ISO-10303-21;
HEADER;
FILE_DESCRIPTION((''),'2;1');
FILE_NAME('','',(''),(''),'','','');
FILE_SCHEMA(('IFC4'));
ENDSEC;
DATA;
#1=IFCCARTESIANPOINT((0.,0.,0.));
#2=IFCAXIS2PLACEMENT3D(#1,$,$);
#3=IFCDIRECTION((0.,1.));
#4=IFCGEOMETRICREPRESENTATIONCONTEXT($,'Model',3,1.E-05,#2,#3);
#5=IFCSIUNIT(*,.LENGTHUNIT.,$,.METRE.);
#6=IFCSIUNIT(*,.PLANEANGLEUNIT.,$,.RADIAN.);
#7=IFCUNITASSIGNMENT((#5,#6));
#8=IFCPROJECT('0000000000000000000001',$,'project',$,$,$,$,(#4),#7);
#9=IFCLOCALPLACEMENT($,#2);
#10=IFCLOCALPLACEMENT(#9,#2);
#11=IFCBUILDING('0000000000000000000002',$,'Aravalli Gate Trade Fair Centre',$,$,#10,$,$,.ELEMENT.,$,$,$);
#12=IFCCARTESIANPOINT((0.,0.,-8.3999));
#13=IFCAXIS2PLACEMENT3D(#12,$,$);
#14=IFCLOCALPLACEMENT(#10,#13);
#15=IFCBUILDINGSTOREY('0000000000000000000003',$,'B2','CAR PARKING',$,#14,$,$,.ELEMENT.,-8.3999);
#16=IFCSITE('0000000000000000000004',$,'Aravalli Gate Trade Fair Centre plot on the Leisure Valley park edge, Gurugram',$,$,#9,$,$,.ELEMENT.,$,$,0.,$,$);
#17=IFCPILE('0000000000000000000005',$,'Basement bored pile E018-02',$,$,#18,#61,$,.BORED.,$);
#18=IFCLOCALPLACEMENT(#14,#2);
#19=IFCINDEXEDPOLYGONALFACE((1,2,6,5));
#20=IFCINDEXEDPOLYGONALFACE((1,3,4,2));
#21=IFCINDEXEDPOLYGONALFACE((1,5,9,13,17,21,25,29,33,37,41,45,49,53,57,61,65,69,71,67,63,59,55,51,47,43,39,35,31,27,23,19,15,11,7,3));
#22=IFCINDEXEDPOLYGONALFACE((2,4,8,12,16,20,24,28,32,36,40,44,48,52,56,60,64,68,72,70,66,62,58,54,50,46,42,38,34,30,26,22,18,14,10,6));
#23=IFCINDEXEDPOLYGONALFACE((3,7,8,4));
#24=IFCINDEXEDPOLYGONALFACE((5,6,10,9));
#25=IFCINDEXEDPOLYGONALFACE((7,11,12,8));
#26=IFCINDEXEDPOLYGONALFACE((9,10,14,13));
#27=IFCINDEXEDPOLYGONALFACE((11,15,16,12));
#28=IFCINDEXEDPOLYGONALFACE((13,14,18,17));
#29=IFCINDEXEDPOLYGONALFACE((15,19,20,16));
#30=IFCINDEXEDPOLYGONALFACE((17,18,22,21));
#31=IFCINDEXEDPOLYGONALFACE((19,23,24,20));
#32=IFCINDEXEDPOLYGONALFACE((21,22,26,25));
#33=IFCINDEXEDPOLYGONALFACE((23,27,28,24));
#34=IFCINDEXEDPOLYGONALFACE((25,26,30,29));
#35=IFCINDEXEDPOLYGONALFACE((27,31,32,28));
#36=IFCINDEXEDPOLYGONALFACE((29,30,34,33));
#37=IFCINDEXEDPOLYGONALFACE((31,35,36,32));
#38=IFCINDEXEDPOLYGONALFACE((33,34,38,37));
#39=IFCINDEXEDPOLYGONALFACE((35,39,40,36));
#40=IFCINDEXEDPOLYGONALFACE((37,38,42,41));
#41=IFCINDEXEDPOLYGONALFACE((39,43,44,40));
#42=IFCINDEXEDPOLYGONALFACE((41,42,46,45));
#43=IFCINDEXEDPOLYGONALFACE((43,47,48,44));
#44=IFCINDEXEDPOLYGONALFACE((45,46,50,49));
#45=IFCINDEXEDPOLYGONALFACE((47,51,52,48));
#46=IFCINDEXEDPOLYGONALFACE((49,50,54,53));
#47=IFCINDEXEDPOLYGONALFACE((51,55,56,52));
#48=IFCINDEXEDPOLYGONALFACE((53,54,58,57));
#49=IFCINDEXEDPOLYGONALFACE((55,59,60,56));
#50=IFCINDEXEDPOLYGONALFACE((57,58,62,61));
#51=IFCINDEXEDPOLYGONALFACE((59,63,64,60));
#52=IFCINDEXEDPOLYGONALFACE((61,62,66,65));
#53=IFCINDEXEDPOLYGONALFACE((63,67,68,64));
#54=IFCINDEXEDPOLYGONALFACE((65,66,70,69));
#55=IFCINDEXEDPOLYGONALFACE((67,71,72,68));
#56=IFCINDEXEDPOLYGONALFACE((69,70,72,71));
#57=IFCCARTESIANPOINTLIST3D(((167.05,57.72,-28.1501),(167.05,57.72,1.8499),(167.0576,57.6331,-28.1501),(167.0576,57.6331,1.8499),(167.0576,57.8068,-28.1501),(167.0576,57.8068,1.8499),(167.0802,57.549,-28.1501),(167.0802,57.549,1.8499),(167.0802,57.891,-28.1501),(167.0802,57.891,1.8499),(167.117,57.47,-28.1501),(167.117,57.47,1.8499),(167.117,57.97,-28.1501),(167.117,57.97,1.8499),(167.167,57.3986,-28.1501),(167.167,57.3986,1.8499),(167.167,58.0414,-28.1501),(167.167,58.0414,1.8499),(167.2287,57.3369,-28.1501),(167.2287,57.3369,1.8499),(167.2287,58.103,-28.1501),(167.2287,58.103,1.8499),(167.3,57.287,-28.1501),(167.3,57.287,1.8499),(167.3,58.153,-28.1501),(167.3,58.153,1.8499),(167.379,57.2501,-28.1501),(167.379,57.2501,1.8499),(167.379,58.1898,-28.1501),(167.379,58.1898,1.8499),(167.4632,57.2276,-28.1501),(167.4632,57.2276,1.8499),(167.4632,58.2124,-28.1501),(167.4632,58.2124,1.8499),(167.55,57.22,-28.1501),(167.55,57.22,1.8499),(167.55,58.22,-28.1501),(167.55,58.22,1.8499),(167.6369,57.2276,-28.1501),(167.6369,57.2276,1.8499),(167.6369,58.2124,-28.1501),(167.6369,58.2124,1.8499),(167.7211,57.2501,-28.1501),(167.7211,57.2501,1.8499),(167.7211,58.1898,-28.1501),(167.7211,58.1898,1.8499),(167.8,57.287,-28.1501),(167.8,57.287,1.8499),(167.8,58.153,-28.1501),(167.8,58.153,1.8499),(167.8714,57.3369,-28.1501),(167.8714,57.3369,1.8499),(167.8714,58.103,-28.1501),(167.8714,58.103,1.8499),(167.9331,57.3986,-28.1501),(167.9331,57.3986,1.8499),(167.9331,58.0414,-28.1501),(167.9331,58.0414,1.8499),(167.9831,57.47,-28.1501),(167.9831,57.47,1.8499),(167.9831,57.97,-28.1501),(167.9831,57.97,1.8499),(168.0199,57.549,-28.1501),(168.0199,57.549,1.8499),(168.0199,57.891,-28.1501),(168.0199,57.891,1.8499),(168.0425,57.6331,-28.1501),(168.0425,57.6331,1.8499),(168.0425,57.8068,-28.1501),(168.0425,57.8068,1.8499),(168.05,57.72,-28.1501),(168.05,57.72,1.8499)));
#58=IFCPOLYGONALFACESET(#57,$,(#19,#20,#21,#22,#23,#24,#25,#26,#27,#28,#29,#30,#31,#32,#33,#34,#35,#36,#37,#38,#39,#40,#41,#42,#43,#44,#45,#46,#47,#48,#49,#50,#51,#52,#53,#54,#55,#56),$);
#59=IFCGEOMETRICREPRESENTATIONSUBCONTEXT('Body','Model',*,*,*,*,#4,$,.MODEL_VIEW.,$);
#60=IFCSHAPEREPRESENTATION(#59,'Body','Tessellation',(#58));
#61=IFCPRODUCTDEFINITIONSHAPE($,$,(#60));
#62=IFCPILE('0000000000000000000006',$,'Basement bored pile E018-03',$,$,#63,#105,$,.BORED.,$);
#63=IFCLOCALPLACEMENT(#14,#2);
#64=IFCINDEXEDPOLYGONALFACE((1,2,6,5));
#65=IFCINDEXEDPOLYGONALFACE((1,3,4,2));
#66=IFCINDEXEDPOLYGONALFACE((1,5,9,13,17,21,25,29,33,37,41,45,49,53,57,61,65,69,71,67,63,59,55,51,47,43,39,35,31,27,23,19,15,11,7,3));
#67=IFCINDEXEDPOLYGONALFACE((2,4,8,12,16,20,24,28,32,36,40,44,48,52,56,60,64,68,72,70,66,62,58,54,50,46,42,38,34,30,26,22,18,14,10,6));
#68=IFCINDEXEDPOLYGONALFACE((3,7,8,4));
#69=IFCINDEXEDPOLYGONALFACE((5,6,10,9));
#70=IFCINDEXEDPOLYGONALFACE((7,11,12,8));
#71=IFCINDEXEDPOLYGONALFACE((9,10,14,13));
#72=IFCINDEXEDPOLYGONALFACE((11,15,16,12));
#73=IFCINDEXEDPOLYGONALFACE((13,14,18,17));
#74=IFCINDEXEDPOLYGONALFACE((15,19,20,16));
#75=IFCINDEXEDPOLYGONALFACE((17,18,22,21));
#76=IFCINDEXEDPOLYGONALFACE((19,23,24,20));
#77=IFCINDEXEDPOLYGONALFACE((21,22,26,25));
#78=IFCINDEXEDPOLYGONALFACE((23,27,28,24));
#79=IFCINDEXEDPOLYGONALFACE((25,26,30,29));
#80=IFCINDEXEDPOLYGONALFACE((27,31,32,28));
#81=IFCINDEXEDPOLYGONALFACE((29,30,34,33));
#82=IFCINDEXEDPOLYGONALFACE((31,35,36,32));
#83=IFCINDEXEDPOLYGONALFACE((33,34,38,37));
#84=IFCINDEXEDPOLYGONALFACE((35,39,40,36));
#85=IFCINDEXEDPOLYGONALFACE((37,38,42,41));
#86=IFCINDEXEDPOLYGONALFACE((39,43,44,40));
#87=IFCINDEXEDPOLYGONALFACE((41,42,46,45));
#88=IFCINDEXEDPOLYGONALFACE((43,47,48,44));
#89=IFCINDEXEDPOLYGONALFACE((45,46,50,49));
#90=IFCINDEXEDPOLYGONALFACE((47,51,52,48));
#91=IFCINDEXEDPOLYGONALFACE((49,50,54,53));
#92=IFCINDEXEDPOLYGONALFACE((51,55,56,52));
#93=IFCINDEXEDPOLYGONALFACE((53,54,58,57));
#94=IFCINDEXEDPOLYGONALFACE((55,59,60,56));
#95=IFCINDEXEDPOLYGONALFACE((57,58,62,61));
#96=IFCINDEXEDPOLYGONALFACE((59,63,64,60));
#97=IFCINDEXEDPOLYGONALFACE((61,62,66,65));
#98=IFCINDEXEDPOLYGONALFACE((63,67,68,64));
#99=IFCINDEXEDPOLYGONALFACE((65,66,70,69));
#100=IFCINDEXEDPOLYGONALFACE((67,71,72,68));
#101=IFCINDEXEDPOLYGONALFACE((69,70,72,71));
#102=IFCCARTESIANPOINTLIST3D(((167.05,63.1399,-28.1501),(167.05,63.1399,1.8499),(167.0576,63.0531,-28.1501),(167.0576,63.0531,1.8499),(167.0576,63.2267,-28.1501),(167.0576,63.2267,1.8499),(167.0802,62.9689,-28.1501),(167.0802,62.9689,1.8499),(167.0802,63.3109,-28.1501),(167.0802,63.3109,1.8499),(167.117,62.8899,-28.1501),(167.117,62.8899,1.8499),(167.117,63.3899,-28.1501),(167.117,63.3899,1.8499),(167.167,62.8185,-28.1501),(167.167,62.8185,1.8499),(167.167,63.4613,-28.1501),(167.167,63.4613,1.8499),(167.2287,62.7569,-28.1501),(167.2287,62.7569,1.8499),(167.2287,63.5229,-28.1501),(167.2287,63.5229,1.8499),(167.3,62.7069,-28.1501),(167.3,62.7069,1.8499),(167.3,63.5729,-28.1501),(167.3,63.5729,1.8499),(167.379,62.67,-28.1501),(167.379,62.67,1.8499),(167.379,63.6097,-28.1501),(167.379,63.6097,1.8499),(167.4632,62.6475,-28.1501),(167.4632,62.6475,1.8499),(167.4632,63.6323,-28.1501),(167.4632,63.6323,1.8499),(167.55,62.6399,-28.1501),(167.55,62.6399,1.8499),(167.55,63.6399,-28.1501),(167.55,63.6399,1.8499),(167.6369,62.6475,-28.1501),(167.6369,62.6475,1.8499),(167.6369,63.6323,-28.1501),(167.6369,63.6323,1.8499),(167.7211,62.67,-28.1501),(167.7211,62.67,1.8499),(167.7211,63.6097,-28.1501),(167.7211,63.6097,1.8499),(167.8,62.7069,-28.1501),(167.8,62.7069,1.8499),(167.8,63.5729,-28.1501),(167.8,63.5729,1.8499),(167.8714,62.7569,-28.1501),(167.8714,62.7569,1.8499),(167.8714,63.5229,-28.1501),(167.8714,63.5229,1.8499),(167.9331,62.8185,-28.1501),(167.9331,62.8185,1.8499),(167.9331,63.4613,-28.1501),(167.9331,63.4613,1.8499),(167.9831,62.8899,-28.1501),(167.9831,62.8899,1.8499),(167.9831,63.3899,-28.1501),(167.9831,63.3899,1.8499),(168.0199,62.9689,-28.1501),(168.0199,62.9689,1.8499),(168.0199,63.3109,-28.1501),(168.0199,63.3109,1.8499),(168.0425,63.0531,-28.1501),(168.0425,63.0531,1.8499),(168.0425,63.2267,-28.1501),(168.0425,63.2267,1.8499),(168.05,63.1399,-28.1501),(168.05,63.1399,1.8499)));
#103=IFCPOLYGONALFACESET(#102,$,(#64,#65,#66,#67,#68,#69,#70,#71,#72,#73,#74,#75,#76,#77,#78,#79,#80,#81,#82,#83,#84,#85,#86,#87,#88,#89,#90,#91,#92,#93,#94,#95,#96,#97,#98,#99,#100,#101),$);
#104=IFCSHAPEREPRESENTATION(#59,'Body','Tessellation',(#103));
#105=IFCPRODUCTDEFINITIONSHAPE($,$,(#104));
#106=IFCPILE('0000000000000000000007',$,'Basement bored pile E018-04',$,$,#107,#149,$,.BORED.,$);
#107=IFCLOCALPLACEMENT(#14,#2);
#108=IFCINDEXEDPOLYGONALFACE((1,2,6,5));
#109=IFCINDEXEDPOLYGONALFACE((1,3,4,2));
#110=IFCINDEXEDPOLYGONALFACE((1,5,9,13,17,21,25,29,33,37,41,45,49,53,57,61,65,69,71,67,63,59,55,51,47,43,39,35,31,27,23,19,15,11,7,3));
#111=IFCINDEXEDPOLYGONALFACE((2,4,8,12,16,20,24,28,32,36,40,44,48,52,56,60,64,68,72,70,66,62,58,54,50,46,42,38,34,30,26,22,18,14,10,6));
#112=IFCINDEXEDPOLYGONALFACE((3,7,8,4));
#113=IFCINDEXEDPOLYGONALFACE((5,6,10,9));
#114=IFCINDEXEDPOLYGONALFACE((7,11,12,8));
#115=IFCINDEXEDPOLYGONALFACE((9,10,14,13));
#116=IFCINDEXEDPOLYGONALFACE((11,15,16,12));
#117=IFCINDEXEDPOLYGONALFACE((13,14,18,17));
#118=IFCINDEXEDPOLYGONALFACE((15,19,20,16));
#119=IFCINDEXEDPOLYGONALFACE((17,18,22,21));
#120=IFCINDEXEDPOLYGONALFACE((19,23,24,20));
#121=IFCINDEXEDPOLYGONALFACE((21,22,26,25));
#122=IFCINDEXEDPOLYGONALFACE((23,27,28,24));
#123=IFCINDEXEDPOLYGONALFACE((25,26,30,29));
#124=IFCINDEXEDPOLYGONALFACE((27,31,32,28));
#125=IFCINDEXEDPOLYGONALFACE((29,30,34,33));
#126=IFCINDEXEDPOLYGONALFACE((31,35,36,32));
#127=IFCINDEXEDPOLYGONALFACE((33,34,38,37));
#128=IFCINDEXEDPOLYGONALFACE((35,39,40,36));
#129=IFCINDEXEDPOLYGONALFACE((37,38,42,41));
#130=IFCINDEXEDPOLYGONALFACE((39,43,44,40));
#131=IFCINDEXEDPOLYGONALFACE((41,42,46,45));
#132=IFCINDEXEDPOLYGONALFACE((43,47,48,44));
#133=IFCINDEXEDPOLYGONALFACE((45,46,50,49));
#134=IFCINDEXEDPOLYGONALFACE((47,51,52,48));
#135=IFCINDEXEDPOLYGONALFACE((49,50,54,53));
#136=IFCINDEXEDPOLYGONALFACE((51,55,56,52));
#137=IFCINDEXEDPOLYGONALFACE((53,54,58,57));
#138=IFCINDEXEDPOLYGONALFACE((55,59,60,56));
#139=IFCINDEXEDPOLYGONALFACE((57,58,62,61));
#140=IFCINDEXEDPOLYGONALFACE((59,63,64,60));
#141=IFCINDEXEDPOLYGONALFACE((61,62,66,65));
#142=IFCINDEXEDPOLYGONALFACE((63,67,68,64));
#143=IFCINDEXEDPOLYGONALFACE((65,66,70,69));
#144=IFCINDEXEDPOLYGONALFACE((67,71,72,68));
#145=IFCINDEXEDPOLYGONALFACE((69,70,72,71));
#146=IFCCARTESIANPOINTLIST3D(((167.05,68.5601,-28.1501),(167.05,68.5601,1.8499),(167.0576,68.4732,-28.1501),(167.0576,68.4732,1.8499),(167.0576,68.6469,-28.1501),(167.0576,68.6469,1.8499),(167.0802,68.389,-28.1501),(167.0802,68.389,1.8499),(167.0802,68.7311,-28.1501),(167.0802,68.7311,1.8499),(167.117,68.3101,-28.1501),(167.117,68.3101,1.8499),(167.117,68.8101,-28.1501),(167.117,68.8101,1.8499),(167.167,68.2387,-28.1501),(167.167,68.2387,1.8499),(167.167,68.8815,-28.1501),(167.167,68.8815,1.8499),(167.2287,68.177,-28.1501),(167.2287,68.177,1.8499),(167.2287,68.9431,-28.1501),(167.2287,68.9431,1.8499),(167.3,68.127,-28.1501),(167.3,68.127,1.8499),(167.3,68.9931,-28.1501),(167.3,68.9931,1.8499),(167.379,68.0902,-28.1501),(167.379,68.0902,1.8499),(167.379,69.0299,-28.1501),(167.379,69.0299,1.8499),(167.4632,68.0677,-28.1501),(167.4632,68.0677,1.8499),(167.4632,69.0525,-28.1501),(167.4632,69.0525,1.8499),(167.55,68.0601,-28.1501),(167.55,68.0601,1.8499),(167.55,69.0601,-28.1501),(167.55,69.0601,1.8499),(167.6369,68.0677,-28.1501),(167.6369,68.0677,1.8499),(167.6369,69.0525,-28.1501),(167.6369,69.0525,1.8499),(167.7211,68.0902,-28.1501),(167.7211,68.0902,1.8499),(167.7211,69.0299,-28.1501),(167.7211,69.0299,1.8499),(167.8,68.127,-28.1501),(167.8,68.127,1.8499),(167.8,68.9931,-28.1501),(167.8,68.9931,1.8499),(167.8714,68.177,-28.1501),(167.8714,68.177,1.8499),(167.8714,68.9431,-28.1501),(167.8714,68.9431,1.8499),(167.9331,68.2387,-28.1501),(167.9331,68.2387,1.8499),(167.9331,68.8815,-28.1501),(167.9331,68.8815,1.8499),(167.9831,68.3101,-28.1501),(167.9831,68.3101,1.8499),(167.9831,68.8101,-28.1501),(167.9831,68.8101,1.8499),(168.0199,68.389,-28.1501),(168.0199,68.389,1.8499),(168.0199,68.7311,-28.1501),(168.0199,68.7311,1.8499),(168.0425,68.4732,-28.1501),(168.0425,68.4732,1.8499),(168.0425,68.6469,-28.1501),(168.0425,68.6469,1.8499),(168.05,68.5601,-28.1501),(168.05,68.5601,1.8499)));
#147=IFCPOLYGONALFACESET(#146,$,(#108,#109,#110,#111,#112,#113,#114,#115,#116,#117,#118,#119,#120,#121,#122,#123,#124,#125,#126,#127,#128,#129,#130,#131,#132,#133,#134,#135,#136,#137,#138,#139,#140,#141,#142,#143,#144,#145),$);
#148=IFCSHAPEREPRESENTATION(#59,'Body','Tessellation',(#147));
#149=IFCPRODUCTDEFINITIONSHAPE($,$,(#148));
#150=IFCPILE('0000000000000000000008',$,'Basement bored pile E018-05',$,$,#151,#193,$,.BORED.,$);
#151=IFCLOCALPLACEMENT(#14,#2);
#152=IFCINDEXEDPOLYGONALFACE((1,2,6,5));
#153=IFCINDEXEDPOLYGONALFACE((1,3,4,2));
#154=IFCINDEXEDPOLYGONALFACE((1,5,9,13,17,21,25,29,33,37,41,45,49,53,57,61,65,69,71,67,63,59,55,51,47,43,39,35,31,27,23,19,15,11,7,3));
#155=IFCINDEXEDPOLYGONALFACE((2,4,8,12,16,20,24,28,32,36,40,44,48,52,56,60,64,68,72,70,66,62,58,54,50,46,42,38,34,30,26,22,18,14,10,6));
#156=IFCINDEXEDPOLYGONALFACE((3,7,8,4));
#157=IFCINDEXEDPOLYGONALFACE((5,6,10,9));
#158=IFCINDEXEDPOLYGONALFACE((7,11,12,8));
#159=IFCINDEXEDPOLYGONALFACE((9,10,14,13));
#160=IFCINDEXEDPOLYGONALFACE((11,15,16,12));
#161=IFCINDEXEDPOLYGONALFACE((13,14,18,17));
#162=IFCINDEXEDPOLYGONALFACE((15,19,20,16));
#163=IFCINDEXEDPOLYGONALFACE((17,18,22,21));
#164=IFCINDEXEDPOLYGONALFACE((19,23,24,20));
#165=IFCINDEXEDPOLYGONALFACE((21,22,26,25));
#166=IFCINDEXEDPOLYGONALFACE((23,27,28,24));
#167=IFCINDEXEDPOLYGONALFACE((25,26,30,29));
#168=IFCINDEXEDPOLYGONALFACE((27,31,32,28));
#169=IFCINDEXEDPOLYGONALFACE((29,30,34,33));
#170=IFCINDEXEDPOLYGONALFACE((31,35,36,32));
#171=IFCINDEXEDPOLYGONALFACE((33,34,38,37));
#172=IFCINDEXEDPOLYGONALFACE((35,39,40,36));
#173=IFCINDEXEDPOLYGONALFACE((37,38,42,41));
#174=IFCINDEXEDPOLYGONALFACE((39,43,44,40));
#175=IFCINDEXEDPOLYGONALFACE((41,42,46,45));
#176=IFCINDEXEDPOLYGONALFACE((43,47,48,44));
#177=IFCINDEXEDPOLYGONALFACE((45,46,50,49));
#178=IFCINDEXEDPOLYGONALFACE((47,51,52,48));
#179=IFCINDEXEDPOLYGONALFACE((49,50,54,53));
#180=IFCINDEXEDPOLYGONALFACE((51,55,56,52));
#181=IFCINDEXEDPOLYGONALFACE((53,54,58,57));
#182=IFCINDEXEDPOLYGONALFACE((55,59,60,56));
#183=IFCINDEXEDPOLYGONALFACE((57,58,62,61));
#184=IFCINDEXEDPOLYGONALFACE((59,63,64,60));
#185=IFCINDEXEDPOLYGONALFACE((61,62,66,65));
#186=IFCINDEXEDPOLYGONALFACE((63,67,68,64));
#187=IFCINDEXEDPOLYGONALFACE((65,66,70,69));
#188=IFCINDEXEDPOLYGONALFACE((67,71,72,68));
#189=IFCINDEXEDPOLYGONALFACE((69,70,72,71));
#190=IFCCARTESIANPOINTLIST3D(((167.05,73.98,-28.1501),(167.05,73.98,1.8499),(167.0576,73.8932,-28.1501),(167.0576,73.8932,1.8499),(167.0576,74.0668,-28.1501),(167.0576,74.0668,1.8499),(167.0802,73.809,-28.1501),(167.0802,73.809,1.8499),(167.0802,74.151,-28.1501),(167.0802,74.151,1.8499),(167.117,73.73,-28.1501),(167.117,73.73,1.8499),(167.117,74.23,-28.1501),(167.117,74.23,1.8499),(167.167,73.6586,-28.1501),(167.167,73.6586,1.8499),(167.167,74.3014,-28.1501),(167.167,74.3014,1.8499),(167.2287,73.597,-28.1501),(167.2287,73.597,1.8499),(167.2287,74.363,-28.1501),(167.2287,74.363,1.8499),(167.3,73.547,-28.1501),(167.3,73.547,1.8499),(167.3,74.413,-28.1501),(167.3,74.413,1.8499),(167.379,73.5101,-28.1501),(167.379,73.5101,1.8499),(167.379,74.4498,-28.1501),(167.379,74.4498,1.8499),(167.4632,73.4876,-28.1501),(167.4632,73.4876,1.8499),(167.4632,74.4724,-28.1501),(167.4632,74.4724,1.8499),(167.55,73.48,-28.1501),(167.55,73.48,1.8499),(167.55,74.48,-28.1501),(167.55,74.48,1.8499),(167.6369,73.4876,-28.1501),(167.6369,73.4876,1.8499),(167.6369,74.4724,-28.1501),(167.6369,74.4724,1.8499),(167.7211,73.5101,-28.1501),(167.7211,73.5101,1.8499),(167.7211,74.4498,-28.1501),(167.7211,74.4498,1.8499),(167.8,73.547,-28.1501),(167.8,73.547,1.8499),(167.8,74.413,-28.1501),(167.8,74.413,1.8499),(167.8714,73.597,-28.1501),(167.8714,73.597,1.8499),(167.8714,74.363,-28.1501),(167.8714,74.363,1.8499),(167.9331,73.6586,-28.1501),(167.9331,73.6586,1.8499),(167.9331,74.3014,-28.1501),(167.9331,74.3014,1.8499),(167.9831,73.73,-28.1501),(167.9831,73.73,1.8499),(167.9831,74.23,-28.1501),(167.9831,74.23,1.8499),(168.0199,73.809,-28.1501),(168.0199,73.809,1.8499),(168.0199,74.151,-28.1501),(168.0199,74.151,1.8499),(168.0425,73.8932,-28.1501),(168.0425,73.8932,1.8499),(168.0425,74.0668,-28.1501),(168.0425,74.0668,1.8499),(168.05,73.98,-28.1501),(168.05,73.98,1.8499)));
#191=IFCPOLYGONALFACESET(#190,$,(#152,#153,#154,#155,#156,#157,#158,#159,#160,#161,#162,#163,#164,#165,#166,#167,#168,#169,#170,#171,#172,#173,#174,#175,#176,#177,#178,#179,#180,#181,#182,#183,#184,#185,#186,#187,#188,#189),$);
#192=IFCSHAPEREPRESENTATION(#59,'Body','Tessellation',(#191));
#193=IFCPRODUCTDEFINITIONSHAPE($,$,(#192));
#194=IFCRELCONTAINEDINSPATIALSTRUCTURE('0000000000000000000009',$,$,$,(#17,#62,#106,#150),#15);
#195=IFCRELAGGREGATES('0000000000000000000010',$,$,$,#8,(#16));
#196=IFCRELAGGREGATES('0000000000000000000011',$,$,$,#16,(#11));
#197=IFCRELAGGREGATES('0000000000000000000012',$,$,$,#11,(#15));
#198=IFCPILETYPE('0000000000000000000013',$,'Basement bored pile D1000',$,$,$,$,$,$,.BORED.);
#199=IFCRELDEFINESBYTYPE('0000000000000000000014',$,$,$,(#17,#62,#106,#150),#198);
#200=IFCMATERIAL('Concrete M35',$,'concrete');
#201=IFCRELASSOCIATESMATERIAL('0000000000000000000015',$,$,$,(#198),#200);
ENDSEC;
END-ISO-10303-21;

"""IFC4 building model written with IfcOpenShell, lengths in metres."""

from ifc_helpers import new_model, si_unit, direction, frame, origin, origin_2d, place, context, subcontext, project, spatial, circle, extrude, material, material_profile, profile_set, type_object, element, save


model = new_model("IFC4")

# Units and contexts
model_context = context("Model", 3, precision=1e-05, world=origin(), true_north=direction((0.0, 1.0)))
body_context = subcontext(model_context, "Body", "Model", "MODEL_VIEW")
ifc_project = project(units=[si_unit("LENGTHUNIT", "METRE"), si_unit("PLANEANGLEUNIT", "RADIAN")], contexts=[model_context])

# Site, building, storey
site_placement = place(None, origin())
site = spatial("IfcSite", under=ifc_project, at=site_placement, Name="Aravalli Gate Trade Fair Centre plot on the Leisure Valley park edge, Gurugram", CompositionType="ELEMENT", RefElevation=0.0)
building_placement = place(site_placement, origin())
building = spatial("IfcBuilding", under=site, at=building_placement, Name="Aravalli Gate Trade Fair Centre", CompositionType="ELEMENT")
storey_placement = place(building_placement, frame((0.0, 0.0, -8.3999)))
storey = spatial("IfcBuildingStorey", under=building, at=storey_placement, Name="B2", Description="CAR PARKING", CompositionType="ELEMENT", Elevation=-8.3999)

# Piles
ifc_material = material(Name="Concrete M35", Category="concrete")
ifc_material_profile = material_profile(ifc_material, circle(Radius=0.5, at=origin_2d()), Name="D1000")
ifc_profile_set = profile_set([ifc_material_profile], Name="Concrete M35")
pile_type = type_object("IfcPileType", Name="Basement bored pile D1000", PredefinedType="BORED", material=ifc_profile_set)
for number, where, z_axis, x_axis, name in (
    (1, (167.55, 57.72, 1.8499), (0.0, 0.0, -1.0), (1.0, 0.0, 0.0), "Basement bored pile E018-02"),
    (2, (167.55, 63.1399, 1.8499), (0.0, 0.0, -1.0), (1.0, 0.0, 0.0), "Basement bored pile E018-03"),
    (3, (167.55, 68.5601, 1.8499), (0.0, 0.0, -1.0), (1.0, 0.0, 0.0), "Basement bored pile E018-04"),
    (4, (167.55, 73.98, 1.8499), (0.0, 0.0, -1.0), (1.0, 0.0, 0.0), "Basement bored pile E018-05"),
):
    element("IfcPile", number, at=place(storey_placement, frame(where, z_axis=z_axis, x_axis=x_axis)), inside=storey, type_object=pile_type, Name=name, PredefinedType="BORED", context=body_context, shape_type="SweptSolid", body=[
        extrude(circle(Radius=0.5, at=origin_2d()), origin(), (0.0, 0.0, 1.0), 30.0),
    ])

save(model, "model.ifc")
